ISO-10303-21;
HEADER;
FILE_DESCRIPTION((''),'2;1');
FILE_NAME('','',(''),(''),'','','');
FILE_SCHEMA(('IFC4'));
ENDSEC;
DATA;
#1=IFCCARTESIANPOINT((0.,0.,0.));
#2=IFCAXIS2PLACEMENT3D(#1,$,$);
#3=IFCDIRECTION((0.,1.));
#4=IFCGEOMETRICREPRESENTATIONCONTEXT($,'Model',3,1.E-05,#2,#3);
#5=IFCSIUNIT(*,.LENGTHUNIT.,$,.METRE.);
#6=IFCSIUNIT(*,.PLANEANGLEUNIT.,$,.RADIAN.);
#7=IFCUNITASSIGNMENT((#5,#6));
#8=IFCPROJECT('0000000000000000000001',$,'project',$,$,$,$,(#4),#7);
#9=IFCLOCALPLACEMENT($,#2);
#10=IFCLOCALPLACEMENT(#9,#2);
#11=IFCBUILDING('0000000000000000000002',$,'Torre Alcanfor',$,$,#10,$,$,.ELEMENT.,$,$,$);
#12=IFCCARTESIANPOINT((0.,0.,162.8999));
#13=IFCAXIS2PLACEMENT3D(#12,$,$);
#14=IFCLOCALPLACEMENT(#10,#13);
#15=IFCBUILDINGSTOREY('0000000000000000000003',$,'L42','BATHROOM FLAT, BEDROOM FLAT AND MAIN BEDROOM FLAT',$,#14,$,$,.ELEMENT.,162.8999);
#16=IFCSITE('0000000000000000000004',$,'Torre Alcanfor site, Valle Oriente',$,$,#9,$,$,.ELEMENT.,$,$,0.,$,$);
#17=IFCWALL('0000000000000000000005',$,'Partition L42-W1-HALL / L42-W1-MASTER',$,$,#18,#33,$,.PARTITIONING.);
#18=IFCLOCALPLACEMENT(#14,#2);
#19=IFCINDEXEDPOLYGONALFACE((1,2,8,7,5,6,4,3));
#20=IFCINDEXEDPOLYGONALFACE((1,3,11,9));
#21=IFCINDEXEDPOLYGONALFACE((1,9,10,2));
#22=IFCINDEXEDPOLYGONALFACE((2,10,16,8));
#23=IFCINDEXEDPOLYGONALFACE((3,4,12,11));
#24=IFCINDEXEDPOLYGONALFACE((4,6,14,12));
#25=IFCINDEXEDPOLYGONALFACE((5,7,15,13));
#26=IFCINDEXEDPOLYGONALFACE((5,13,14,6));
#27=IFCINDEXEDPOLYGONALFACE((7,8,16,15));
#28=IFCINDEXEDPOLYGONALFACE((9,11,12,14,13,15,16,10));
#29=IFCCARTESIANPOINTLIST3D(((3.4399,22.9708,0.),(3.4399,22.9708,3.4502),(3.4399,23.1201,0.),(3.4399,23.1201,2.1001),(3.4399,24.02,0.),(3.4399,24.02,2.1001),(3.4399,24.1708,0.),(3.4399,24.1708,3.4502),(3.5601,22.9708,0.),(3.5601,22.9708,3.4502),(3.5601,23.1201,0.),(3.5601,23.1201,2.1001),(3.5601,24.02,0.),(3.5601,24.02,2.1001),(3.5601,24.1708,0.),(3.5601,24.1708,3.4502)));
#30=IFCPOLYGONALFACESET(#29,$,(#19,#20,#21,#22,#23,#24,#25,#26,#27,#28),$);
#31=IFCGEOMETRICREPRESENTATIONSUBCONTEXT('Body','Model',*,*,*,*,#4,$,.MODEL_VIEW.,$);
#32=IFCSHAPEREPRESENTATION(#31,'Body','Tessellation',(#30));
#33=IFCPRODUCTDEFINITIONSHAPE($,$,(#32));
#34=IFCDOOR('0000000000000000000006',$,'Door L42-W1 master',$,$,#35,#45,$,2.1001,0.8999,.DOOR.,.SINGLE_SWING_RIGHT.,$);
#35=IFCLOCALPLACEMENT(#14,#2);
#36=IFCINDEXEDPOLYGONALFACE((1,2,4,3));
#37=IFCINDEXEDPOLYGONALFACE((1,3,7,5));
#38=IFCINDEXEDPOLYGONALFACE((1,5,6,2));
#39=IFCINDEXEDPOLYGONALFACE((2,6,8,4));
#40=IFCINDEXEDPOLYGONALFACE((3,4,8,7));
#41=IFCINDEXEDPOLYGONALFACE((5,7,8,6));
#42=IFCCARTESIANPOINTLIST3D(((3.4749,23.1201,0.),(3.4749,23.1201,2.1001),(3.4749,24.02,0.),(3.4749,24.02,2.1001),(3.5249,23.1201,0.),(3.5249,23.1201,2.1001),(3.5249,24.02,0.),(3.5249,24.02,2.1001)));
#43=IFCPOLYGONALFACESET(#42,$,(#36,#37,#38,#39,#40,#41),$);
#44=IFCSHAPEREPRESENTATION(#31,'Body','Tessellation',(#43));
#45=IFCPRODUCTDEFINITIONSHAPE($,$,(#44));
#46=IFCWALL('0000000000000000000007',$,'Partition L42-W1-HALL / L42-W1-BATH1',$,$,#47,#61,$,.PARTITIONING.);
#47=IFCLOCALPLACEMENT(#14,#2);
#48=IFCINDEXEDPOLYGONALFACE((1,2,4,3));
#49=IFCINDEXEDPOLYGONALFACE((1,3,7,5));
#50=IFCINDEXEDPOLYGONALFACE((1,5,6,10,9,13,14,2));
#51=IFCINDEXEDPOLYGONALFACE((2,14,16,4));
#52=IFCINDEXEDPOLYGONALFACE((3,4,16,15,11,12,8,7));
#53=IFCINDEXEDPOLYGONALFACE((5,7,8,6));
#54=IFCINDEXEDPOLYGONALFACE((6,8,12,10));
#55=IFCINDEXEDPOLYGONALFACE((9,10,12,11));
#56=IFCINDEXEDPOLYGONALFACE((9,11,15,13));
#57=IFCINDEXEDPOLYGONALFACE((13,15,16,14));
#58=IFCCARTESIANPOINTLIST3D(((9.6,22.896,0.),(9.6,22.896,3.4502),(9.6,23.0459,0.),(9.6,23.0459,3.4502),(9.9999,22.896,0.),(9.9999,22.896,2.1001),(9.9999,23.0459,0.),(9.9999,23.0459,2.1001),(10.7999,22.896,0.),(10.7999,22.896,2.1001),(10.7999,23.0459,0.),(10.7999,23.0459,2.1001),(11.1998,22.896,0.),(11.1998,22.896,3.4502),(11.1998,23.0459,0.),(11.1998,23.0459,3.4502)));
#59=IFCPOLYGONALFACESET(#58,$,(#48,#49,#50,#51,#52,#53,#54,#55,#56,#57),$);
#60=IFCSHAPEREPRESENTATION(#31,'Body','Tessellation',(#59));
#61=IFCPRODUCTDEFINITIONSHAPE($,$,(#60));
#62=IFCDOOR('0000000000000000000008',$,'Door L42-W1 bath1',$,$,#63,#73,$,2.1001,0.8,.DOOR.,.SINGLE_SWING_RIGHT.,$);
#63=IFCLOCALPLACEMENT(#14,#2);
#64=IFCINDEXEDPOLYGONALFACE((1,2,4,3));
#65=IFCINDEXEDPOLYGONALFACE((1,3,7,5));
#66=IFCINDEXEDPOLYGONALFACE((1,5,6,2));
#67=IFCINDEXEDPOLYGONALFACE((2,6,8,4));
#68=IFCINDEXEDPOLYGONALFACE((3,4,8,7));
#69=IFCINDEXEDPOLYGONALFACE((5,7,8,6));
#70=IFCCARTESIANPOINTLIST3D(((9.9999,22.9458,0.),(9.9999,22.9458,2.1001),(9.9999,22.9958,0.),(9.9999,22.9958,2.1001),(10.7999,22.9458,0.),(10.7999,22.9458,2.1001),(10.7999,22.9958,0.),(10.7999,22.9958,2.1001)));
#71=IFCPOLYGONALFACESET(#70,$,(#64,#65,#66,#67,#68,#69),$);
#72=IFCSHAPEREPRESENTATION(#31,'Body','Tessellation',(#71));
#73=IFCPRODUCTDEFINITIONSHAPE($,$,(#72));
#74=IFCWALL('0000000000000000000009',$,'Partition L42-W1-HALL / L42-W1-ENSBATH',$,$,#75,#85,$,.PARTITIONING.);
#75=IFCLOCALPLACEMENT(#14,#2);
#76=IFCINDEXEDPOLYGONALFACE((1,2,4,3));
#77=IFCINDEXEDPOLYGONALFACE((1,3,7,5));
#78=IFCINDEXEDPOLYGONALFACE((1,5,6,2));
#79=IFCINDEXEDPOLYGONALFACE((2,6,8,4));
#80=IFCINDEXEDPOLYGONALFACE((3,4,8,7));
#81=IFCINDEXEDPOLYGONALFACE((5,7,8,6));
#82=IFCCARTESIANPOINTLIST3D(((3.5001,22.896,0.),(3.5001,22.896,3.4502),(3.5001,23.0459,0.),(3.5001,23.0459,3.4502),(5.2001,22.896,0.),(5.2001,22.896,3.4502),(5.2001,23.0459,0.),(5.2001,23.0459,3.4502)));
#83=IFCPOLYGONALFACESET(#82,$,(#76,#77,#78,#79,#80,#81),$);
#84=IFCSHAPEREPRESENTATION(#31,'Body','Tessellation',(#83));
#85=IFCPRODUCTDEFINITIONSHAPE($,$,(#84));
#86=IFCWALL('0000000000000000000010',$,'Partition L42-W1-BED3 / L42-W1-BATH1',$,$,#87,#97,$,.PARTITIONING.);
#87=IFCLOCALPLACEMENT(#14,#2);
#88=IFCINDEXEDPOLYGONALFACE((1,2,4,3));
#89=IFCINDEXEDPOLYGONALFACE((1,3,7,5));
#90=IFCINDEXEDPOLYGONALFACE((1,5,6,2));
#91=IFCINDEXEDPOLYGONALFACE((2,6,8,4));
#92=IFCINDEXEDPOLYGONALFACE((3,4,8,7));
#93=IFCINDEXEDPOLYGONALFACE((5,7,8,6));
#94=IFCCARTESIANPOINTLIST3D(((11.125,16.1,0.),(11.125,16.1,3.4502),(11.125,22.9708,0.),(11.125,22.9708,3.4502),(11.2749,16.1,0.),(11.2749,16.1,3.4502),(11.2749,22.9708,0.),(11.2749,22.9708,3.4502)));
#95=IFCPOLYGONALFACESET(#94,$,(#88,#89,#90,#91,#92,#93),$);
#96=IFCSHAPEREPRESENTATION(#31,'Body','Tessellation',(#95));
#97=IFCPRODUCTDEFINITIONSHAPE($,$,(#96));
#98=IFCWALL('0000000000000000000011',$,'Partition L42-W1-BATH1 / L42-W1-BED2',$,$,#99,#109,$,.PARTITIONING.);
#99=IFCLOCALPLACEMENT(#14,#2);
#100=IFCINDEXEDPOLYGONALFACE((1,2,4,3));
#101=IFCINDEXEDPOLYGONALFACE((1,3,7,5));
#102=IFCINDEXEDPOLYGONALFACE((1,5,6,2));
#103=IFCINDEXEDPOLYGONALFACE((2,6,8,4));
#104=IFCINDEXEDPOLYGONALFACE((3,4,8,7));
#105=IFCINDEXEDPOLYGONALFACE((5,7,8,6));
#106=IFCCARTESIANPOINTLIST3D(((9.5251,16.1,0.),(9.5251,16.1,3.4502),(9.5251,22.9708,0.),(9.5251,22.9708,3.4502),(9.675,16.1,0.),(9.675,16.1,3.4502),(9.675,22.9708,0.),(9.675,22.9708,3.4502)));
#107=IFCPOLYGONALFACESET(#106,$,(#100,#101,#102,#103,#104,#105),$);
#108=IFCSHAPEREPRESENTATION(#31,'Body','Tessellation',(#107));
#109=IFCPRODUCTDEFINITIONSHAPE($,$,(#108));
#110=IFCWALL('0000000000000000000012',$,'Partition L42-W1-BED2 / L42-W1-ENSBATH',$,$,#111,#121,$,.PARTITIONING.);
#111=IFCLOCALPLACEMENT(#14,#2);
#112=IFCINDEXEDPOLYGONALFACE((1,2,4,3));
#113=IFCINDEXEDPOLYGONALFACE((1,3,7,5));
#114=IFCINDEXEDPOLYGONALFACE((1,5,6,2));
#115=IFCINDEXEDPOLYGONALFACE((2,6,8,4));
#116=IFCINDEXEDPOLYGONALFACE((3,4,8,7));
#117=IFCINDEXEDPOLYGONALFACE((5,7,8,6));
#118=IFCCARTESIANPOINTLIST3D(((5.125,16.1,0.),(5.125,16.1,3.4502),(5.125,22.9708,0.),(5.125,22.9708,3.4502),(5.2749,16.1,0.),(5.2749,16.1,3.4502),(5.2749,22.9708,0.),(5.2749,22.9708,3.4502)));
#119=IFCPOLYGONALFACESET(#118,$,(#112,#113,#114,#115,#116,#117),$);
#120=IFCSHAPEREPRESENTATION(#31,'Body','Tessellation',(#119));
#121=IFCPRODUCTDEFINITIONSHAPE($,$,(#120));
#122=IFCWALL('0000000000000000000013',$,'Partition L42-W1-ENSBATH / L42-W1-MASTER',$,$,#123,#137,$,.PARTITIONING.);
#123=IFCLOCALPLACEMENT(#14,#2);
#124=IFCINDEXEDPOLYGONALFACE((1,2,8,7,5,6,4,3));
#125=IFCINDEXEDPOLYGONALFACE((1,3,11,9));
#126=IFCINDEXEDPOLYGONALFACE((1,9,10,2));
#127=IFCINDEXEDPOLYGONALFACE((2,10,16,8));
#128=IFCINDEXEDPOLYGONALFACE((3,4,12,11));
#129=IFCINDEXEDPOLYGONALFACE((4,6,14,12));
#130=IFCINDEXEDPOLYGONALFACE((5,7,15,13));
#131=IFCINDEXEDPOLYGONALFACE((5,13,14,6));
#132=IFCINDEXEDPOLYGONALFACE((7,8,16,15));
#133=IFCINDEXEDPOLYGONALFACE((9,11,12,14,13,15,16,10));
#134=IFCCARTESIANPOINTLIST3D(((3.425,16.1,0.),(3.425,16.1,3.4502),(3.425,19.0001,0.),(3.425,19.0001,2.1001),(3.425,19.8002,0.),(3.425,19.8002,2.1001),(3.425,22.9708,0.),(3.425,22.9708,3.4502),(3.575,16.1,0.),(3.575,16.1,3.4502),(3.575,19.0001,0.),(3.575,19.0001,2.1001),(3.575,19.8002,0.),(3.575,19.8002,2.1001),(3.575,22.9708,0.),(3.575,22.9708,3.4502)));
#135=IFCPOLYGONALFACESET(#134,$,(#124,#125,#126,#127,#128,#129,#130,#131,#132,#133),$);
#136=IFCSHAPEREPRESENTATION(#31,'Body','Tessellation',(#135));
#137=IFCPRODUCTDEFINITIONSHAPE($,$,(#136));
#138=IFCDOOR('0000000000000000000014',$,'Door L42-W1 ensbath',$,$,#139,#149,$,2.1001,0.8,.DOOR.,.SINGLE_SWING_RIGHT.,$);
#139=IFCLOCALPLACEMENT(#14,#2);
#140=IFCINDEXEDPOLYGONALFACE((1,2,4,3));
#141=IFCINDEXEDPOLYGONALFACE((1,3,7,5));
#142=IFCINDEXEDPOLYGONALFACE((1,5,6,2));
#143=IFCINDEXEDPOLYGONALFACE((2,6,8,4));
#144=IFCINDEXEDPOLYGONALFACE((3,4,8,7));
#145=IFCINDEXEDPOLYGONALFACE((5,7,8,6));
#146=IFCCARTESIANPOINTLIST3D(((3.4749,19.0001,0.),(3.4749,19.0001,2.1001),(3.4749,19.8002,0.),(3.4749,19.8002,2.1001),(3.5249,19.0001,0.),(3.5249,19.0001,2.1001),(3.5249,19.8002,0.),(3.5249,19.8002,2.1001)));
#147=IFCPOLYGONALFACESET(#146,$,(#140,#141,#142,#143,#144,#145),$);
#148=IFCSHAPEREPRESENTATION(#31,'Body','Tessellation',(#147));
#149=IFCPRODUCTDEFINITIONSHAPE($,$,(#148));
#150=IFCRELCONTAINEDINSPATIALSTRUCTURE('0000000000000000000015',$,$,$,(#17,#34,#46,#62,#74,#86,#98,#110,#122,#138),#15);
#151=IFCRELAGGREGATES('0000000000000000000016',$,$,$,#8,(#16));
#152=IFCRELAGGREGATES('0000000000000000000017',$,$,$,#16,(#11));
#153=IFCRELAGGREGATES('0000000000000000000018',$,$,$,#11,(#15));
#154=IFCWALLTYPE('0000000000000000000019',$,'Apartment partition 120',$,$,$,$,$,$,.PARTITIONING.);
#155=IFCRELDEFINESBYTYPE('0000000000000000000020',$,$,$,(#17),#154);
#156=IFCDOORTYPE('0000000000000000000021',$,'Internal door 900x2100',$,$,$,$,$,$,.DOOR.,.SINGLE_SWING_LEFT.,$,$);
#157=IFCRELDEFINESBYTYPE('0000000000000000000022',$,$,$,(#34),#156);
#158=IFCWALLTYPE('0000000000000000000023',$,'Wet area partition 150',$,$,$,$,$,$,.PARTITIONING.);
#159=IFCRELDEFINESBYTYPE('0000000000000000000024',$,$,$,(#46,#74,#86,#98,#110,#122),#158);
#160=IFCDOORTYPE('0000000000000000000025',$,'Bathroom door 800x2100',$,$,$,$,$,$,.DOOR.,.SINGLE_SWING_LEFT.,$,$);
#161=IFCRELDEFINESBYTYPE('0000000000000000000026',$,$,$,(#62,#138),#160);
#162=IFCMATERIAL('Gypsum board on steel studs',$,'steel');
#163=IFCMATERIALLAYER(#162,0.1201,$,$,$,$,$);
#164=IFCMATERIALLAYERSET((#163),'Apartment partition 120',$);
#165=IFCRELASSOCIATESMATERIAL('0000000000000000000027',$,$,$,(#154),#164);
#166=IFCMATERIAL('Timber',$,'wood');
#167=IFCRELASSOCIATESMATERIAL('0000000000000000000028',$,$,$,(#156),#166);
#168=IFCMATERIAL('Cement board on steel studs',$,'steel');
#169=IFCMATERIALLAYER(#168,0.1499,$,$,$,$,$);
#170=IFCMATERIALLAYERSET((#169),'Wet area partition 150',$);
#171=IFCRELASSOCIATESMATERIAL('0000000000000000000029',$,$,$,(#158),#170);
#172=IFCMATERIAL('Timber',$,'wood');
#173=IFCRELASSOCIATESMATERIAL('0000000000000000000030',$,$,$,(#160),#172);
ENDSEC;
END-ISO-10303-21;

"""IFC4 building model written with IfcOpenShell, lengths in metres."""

from ifc_helpers import new_model, si_unit, direction, frame, frame_2d, origin, place, context, subcontext, project, spatial, rectangle, extrude, material, layer, layer_set, type_object, element, fill, save


model = new_model("IFC4")

# Units and contexts
model_context = context("Model", 3, precision=1e-05, world=origin(), true_north=direction((0.0, 1.0)))
body_context = subcontext(model_context, "Body", "Model", "MODEL_VIEW")
ifc_project = project(units=[si_unit("LENGTHUNIT", "METRE"), si_unit("PLANEANGLEUNIT", "RADIAN")], contexts=[model_context])

# Site, building, storey
site_placement = place(None, origin())
site = spatial("IfcSite", under=ifc_project, at=site_placement, Name="Torre Alcanfor site, Valle Oriente", CompositionType="ELEMENT", RefElevation=0.0)
building_placement = place(site_placement, origin())
building = spatial("IfcBuilding", under=site, at=building_placement, Name="Torre Alcanfor", CompositionType="ELEMENT")
storey_placement = place(building_placement, frame((0.0, 0.0, 162.8999)))
storey = spatial("IfcBuildingStorey", under=building, at=storey_placement, Name="L42", Description="BATHROOM FLAT, BEDROOM FLAT AND MAIN BEDROOM FLAT", CompositionType="ELEMENT", Elevation=162.8999)

# Shared definitions
ifc_material_1 = material(Name="Gypsum board on steel studs", Category="steel")
ifc_layer_1 = layer(ifc_material_1, 0.1201)
ifc_layer_set_1 = layer_set([ifc_layer_1], Name="Apartment partition 120")
wall_type_1 = type_object("IfcWallType", Name="Apartment partition 120", PredefinedType="PARTITIONING", material=ifc_layer_set_1)

# Shared definitions
ifc_material_2 = material(Name="Timber", Category="wood")
door_type_1 = type_object("IfcDoorType", Name="Internal door 900x2100", OperationType="SINGLE_SWING_LEFT", PredefinedType="DOOR", material=ifc_material_2)

# Walls, openings, doors
wall_1_placement = place(storey_placement, frame((3.5, 24.1709, 0.0), z_axis=(0.0, 0.0, 1.0), x_axis=(0.0, -1.0, 0.0)))
wall_1 = element("IfcWall", 1, at=wall_1_placement, inside=storey, type_object=wall_type_1, Name="Partition L42-W1-HALL / L42-W1-MASTER", PredefinedType="PARTITIONING", context=body_context, shape_type="SweptSolid", body=[
    extrude(rectangle(XDim=1.2, YDim=0.1201, at=frame_2d((0.6001, 0.0))), origin(), (0.0, 0.0, 1.0), 3.4502),
])
opening_1_placement = place(wall_1_placement, frame((0.1509, 0.0, 0.0)))
opening_1 = element("IfcOpeningElement", 2, at=opening_1_placement, cuts=wall_1, PredefinedType="OPENING", context=body_context, shape_type="SweptSolid", body=[
    extrude(rectangle(XDim=0.8999, YDim=2.1001, at=frame_2d((0.45, 1.05))), frame((0.0, 0.0701, 0.0), z_axis=(0.0, -1.0, 0.0), x_axis=(1.0, 0.0, 0.0)), (0.0, 0.0, 1.0), 0.1401),
])
door_1_placement = place(opening_1_placement, frame((0.8999, 0.0, 0.0), z_axis=(0.0, 0.0, 1.0), x_axis=(-1.0, 0.0, 0.0)))
door_1 = element("IfcDoor", 3, at=door_1_placement, inside=storey, type_object=door_type_1, Name="Door L42-W1 master", OperationType="SINGLE_SWING_RIGHT", OverallHeight=2.1001, OverallWidth=0.8999, PredefinedType="DOOR", context=body_context, shape_type="SweptSolid", body=[
    extrude(rectangle(XDim=0.8999, YDim=2.1001, at=frame_2d((0.45, 1.05))), frame((0.0, 0.0251, 0.0), z_axis=(0.0, -1.0, 0.0), x_axis=(1.0, 0.0, 0.0)), (0.0, 0.0, 1.0), 0.05),
])
fill(opening_1, door_1)
ifc_material_3 = material(Name="Cement board on steel studs", Category="steel")
ifc_layer_2 = layer(ifc_material_3, 0.1499)
ifc_layer_set_2 = layer_set([ifc_layer_2], Name="Wet area partition 150")
wall_type_2 = type_object("IfcWallType", Name="Wet area partition 150", PredefinedType="PARTITIONING", material=ifc_layer_set_2)
wall_2_placement = place(storey_placement, frame((9.6001, 22.9709, 0.0), z_axis=(0.0, 0.0, 1.0), x_axis=(1.0, 0.0, 0.0)))
wall_2 = element("IfcWall", 4, at=wall_2_placement, inside=storey, type_object=wall_type_2, Name="Partition L42-W1-HALL / L42-W1-BATH1", PredefinedType="PARTITIONING", context=body_context, shape_type="SweptSolid", body=[
    extrude(rectangle(XDim=1.5999, YDim=0.1499, at=frame_2d((0.7998, 0.0))), origin(), (0.0, 0.0, 1.0), 3.4502),
])
opening_2_placement = place(wall_2_placement, frame((0.3999, 0.0, 0.0)))
opening_2 = element("IfcOpeningElement", 5, at=opening_2_placement, cuts=wall_2, PredefinedType="OPENING", context=body_context, shape_type="SweptSolid", body=[
    extrude(rectangle(XDim=0.8, YDim=2.1001, at=frame_2d((0.3999, 1.05))), frame((0.0, 0.085, 0.0), z_axis=(0.0, -1.0, 0.0), x_axis=(1.0, 0.0, 0.0)), (0.0, 0.0, 1.0), 0.1699),
])
ifc_material_4 = material(Name="Timber", Category="wood")
door_type_2 = type_object("IfcDoorType", Name="Bathroom door 800x2100", OperationType="SINGLE_SWING_LEFT", PredefinedType="DOOR", material=ifc_material_4)
door_2_placement = place(opening_2_placement, frame((0.8, 0.0, 0.0), z_axis=(0.0, 0.0, 1.0), x_axis=(-1.0, 0.0, 0.0)))
door_2 = element("IfcDoor", 6, at=door_2_placement, inside=storey, type_object=door_type_2, Name="Door L42-W1 bath1", OperationType="SINGLE_SWING_RIGHT", OverallHeight=2.1001, OverallWidth=0.8, PredefinedType="DOOR", context=body_context, shape_type="SweptSolid", body=[
    extrude(rectangle(XDim=0.8, YDim=2.1001, at=frame_2d((0.4001, 1.05))), frame((0.0, 0.0251, 0.0), z_axis=(0.0, -1.0, 0.0), x_axis=(1.0, 0.0, 0.0)), (0.0, 0.0, 1.0), 0.05),
])
fill(opening_2, door_2)

# Walls
wall_3_placement = place(storey_placement, frame((3.5, 22.9709, 0.0), z_axis=(0.0, 0.0, 1.0), x_axis=(1.0, 0.0, 0.0)))
element("IfcWall", 7, at=wall_3_placement, inside=storey, type_object=wall_type_2, Name="Partition L42-W1-HALL / L42-W1-ENSBATH", PredefinedType="PARTITIONING", context=body_context, shape_type="SweptSolid", body=[
    extrude(rectangle(XDim=1.7, YDim=0.1499, at=frame_2d((0.8501, 0.0))), origin(), (0.0, 0.0, 1.0), 3.4502),
])
for number, where, z_axis, x_axis, name in (
    (8, (11.2, 22.9709, 0.0), (0.0, 0.0, 1.0), (0.0, -1.0, 0.0), "Partition L42-W1-BED3 / L42-W1-BATH1"),
    (9, (9.6001, 22.9709, 0.0), (0.0, 0.0, 1.0), (0.0, -1.0, 0.0), "Partition L42-W1-BATH1 / L42-W1-BED2"),
    (10, (5.2, 22.9709, 0.0), (0.0, 0.0, 1.0), (0.0, -1.0, 0.0), "Partition L42-W1-BED2 / L42-W1-ENSBATH"),
):
    element("IfcWall", number, at=place(storey_placement, frame(where, z_axis=z_axis, x_axis=x_axis)), inside=storey, type_object=wall_type_2, Name=name, PredefinedType="PARTITIONING", context=body_context, shape_type="SweptSolid", body=[
        extrude(rectangle(XDim=6.8708, YDim=0.1499, at=frame_2d((3.4355, 0.0))), origin(), (0.0, 0.0, 1.0), 3.4502),
    ])

# Wall, opening, door
wall_4_placement = place(storey_placement, frame((3.5, 22.9709, 0.0), z_axis=(0.0, 0.0, 1.0), x_axis=(0.0, -1.0, 0.0)))
wall_4 = element("IfcWall", 11, at=wall_4_placement, inside=storey, type_object=wall_type_2, Name="Partition L42-W1-ENSBATH / L42-W1-MASTER", PredefinedType="PARTITIONING", context=body_context, shape_type="SweptSolid", body=[
    extrude(rectangle(XDim=6.8708, YDim=0.1499, at=frame_2d((3.4355, 0.0))), origin(), (0.0, 0.0, 1.0), 3.4502),
])
opening_3_placement = place(wall_4_placement, frame((3.1709, 0.0, 0.0)))
opening_3 = element("IfcOpeningElement", 12, at=opening_3_placement, cuts=wall_4, PredefinedType="OPENING", context=body_context, shape_type="SweptSolid", body=[
    extrude(rectangle(XDim=0.8, YDim=2.1001, at=frame_2d((0.3999, 1.05))), frame((0.0, 0.085, 0.0), z_axis=(0.0, -1.0, 0.0), x_axis=(1.0, 0.0, 0.0)), (0.0, 0.0, 1.0), 0.1699),
])
door_3_placement = place(opening_3_placement, origin())
door_3 = element("IfcDoor", 13, at=door_3_placement, inside=storey, type_object=door_type_2, Name="Door L42-W1 ensbath", OperationType="SINGLE_SWING_RIGHT", OverallHeight=2.1001, OverallWidth=0.8, PredefinedType="DOOR", context=body_context, shape_type="SweptSolid", body=[
    extrude(rectangle(XDim=0.8, YDim=2.1001, at=frame_2d((0.3999, 1.05))), frame((0.0, 0.0249, 0.0), z_axis=(0.0, -1.0, 0.0), x_axis=(1.0, 0.0, 0.0)), (0.0, 0.0, 1.0), 0.05),
])
fill(opening_3, door_3)

save(model, "model.ifc")
